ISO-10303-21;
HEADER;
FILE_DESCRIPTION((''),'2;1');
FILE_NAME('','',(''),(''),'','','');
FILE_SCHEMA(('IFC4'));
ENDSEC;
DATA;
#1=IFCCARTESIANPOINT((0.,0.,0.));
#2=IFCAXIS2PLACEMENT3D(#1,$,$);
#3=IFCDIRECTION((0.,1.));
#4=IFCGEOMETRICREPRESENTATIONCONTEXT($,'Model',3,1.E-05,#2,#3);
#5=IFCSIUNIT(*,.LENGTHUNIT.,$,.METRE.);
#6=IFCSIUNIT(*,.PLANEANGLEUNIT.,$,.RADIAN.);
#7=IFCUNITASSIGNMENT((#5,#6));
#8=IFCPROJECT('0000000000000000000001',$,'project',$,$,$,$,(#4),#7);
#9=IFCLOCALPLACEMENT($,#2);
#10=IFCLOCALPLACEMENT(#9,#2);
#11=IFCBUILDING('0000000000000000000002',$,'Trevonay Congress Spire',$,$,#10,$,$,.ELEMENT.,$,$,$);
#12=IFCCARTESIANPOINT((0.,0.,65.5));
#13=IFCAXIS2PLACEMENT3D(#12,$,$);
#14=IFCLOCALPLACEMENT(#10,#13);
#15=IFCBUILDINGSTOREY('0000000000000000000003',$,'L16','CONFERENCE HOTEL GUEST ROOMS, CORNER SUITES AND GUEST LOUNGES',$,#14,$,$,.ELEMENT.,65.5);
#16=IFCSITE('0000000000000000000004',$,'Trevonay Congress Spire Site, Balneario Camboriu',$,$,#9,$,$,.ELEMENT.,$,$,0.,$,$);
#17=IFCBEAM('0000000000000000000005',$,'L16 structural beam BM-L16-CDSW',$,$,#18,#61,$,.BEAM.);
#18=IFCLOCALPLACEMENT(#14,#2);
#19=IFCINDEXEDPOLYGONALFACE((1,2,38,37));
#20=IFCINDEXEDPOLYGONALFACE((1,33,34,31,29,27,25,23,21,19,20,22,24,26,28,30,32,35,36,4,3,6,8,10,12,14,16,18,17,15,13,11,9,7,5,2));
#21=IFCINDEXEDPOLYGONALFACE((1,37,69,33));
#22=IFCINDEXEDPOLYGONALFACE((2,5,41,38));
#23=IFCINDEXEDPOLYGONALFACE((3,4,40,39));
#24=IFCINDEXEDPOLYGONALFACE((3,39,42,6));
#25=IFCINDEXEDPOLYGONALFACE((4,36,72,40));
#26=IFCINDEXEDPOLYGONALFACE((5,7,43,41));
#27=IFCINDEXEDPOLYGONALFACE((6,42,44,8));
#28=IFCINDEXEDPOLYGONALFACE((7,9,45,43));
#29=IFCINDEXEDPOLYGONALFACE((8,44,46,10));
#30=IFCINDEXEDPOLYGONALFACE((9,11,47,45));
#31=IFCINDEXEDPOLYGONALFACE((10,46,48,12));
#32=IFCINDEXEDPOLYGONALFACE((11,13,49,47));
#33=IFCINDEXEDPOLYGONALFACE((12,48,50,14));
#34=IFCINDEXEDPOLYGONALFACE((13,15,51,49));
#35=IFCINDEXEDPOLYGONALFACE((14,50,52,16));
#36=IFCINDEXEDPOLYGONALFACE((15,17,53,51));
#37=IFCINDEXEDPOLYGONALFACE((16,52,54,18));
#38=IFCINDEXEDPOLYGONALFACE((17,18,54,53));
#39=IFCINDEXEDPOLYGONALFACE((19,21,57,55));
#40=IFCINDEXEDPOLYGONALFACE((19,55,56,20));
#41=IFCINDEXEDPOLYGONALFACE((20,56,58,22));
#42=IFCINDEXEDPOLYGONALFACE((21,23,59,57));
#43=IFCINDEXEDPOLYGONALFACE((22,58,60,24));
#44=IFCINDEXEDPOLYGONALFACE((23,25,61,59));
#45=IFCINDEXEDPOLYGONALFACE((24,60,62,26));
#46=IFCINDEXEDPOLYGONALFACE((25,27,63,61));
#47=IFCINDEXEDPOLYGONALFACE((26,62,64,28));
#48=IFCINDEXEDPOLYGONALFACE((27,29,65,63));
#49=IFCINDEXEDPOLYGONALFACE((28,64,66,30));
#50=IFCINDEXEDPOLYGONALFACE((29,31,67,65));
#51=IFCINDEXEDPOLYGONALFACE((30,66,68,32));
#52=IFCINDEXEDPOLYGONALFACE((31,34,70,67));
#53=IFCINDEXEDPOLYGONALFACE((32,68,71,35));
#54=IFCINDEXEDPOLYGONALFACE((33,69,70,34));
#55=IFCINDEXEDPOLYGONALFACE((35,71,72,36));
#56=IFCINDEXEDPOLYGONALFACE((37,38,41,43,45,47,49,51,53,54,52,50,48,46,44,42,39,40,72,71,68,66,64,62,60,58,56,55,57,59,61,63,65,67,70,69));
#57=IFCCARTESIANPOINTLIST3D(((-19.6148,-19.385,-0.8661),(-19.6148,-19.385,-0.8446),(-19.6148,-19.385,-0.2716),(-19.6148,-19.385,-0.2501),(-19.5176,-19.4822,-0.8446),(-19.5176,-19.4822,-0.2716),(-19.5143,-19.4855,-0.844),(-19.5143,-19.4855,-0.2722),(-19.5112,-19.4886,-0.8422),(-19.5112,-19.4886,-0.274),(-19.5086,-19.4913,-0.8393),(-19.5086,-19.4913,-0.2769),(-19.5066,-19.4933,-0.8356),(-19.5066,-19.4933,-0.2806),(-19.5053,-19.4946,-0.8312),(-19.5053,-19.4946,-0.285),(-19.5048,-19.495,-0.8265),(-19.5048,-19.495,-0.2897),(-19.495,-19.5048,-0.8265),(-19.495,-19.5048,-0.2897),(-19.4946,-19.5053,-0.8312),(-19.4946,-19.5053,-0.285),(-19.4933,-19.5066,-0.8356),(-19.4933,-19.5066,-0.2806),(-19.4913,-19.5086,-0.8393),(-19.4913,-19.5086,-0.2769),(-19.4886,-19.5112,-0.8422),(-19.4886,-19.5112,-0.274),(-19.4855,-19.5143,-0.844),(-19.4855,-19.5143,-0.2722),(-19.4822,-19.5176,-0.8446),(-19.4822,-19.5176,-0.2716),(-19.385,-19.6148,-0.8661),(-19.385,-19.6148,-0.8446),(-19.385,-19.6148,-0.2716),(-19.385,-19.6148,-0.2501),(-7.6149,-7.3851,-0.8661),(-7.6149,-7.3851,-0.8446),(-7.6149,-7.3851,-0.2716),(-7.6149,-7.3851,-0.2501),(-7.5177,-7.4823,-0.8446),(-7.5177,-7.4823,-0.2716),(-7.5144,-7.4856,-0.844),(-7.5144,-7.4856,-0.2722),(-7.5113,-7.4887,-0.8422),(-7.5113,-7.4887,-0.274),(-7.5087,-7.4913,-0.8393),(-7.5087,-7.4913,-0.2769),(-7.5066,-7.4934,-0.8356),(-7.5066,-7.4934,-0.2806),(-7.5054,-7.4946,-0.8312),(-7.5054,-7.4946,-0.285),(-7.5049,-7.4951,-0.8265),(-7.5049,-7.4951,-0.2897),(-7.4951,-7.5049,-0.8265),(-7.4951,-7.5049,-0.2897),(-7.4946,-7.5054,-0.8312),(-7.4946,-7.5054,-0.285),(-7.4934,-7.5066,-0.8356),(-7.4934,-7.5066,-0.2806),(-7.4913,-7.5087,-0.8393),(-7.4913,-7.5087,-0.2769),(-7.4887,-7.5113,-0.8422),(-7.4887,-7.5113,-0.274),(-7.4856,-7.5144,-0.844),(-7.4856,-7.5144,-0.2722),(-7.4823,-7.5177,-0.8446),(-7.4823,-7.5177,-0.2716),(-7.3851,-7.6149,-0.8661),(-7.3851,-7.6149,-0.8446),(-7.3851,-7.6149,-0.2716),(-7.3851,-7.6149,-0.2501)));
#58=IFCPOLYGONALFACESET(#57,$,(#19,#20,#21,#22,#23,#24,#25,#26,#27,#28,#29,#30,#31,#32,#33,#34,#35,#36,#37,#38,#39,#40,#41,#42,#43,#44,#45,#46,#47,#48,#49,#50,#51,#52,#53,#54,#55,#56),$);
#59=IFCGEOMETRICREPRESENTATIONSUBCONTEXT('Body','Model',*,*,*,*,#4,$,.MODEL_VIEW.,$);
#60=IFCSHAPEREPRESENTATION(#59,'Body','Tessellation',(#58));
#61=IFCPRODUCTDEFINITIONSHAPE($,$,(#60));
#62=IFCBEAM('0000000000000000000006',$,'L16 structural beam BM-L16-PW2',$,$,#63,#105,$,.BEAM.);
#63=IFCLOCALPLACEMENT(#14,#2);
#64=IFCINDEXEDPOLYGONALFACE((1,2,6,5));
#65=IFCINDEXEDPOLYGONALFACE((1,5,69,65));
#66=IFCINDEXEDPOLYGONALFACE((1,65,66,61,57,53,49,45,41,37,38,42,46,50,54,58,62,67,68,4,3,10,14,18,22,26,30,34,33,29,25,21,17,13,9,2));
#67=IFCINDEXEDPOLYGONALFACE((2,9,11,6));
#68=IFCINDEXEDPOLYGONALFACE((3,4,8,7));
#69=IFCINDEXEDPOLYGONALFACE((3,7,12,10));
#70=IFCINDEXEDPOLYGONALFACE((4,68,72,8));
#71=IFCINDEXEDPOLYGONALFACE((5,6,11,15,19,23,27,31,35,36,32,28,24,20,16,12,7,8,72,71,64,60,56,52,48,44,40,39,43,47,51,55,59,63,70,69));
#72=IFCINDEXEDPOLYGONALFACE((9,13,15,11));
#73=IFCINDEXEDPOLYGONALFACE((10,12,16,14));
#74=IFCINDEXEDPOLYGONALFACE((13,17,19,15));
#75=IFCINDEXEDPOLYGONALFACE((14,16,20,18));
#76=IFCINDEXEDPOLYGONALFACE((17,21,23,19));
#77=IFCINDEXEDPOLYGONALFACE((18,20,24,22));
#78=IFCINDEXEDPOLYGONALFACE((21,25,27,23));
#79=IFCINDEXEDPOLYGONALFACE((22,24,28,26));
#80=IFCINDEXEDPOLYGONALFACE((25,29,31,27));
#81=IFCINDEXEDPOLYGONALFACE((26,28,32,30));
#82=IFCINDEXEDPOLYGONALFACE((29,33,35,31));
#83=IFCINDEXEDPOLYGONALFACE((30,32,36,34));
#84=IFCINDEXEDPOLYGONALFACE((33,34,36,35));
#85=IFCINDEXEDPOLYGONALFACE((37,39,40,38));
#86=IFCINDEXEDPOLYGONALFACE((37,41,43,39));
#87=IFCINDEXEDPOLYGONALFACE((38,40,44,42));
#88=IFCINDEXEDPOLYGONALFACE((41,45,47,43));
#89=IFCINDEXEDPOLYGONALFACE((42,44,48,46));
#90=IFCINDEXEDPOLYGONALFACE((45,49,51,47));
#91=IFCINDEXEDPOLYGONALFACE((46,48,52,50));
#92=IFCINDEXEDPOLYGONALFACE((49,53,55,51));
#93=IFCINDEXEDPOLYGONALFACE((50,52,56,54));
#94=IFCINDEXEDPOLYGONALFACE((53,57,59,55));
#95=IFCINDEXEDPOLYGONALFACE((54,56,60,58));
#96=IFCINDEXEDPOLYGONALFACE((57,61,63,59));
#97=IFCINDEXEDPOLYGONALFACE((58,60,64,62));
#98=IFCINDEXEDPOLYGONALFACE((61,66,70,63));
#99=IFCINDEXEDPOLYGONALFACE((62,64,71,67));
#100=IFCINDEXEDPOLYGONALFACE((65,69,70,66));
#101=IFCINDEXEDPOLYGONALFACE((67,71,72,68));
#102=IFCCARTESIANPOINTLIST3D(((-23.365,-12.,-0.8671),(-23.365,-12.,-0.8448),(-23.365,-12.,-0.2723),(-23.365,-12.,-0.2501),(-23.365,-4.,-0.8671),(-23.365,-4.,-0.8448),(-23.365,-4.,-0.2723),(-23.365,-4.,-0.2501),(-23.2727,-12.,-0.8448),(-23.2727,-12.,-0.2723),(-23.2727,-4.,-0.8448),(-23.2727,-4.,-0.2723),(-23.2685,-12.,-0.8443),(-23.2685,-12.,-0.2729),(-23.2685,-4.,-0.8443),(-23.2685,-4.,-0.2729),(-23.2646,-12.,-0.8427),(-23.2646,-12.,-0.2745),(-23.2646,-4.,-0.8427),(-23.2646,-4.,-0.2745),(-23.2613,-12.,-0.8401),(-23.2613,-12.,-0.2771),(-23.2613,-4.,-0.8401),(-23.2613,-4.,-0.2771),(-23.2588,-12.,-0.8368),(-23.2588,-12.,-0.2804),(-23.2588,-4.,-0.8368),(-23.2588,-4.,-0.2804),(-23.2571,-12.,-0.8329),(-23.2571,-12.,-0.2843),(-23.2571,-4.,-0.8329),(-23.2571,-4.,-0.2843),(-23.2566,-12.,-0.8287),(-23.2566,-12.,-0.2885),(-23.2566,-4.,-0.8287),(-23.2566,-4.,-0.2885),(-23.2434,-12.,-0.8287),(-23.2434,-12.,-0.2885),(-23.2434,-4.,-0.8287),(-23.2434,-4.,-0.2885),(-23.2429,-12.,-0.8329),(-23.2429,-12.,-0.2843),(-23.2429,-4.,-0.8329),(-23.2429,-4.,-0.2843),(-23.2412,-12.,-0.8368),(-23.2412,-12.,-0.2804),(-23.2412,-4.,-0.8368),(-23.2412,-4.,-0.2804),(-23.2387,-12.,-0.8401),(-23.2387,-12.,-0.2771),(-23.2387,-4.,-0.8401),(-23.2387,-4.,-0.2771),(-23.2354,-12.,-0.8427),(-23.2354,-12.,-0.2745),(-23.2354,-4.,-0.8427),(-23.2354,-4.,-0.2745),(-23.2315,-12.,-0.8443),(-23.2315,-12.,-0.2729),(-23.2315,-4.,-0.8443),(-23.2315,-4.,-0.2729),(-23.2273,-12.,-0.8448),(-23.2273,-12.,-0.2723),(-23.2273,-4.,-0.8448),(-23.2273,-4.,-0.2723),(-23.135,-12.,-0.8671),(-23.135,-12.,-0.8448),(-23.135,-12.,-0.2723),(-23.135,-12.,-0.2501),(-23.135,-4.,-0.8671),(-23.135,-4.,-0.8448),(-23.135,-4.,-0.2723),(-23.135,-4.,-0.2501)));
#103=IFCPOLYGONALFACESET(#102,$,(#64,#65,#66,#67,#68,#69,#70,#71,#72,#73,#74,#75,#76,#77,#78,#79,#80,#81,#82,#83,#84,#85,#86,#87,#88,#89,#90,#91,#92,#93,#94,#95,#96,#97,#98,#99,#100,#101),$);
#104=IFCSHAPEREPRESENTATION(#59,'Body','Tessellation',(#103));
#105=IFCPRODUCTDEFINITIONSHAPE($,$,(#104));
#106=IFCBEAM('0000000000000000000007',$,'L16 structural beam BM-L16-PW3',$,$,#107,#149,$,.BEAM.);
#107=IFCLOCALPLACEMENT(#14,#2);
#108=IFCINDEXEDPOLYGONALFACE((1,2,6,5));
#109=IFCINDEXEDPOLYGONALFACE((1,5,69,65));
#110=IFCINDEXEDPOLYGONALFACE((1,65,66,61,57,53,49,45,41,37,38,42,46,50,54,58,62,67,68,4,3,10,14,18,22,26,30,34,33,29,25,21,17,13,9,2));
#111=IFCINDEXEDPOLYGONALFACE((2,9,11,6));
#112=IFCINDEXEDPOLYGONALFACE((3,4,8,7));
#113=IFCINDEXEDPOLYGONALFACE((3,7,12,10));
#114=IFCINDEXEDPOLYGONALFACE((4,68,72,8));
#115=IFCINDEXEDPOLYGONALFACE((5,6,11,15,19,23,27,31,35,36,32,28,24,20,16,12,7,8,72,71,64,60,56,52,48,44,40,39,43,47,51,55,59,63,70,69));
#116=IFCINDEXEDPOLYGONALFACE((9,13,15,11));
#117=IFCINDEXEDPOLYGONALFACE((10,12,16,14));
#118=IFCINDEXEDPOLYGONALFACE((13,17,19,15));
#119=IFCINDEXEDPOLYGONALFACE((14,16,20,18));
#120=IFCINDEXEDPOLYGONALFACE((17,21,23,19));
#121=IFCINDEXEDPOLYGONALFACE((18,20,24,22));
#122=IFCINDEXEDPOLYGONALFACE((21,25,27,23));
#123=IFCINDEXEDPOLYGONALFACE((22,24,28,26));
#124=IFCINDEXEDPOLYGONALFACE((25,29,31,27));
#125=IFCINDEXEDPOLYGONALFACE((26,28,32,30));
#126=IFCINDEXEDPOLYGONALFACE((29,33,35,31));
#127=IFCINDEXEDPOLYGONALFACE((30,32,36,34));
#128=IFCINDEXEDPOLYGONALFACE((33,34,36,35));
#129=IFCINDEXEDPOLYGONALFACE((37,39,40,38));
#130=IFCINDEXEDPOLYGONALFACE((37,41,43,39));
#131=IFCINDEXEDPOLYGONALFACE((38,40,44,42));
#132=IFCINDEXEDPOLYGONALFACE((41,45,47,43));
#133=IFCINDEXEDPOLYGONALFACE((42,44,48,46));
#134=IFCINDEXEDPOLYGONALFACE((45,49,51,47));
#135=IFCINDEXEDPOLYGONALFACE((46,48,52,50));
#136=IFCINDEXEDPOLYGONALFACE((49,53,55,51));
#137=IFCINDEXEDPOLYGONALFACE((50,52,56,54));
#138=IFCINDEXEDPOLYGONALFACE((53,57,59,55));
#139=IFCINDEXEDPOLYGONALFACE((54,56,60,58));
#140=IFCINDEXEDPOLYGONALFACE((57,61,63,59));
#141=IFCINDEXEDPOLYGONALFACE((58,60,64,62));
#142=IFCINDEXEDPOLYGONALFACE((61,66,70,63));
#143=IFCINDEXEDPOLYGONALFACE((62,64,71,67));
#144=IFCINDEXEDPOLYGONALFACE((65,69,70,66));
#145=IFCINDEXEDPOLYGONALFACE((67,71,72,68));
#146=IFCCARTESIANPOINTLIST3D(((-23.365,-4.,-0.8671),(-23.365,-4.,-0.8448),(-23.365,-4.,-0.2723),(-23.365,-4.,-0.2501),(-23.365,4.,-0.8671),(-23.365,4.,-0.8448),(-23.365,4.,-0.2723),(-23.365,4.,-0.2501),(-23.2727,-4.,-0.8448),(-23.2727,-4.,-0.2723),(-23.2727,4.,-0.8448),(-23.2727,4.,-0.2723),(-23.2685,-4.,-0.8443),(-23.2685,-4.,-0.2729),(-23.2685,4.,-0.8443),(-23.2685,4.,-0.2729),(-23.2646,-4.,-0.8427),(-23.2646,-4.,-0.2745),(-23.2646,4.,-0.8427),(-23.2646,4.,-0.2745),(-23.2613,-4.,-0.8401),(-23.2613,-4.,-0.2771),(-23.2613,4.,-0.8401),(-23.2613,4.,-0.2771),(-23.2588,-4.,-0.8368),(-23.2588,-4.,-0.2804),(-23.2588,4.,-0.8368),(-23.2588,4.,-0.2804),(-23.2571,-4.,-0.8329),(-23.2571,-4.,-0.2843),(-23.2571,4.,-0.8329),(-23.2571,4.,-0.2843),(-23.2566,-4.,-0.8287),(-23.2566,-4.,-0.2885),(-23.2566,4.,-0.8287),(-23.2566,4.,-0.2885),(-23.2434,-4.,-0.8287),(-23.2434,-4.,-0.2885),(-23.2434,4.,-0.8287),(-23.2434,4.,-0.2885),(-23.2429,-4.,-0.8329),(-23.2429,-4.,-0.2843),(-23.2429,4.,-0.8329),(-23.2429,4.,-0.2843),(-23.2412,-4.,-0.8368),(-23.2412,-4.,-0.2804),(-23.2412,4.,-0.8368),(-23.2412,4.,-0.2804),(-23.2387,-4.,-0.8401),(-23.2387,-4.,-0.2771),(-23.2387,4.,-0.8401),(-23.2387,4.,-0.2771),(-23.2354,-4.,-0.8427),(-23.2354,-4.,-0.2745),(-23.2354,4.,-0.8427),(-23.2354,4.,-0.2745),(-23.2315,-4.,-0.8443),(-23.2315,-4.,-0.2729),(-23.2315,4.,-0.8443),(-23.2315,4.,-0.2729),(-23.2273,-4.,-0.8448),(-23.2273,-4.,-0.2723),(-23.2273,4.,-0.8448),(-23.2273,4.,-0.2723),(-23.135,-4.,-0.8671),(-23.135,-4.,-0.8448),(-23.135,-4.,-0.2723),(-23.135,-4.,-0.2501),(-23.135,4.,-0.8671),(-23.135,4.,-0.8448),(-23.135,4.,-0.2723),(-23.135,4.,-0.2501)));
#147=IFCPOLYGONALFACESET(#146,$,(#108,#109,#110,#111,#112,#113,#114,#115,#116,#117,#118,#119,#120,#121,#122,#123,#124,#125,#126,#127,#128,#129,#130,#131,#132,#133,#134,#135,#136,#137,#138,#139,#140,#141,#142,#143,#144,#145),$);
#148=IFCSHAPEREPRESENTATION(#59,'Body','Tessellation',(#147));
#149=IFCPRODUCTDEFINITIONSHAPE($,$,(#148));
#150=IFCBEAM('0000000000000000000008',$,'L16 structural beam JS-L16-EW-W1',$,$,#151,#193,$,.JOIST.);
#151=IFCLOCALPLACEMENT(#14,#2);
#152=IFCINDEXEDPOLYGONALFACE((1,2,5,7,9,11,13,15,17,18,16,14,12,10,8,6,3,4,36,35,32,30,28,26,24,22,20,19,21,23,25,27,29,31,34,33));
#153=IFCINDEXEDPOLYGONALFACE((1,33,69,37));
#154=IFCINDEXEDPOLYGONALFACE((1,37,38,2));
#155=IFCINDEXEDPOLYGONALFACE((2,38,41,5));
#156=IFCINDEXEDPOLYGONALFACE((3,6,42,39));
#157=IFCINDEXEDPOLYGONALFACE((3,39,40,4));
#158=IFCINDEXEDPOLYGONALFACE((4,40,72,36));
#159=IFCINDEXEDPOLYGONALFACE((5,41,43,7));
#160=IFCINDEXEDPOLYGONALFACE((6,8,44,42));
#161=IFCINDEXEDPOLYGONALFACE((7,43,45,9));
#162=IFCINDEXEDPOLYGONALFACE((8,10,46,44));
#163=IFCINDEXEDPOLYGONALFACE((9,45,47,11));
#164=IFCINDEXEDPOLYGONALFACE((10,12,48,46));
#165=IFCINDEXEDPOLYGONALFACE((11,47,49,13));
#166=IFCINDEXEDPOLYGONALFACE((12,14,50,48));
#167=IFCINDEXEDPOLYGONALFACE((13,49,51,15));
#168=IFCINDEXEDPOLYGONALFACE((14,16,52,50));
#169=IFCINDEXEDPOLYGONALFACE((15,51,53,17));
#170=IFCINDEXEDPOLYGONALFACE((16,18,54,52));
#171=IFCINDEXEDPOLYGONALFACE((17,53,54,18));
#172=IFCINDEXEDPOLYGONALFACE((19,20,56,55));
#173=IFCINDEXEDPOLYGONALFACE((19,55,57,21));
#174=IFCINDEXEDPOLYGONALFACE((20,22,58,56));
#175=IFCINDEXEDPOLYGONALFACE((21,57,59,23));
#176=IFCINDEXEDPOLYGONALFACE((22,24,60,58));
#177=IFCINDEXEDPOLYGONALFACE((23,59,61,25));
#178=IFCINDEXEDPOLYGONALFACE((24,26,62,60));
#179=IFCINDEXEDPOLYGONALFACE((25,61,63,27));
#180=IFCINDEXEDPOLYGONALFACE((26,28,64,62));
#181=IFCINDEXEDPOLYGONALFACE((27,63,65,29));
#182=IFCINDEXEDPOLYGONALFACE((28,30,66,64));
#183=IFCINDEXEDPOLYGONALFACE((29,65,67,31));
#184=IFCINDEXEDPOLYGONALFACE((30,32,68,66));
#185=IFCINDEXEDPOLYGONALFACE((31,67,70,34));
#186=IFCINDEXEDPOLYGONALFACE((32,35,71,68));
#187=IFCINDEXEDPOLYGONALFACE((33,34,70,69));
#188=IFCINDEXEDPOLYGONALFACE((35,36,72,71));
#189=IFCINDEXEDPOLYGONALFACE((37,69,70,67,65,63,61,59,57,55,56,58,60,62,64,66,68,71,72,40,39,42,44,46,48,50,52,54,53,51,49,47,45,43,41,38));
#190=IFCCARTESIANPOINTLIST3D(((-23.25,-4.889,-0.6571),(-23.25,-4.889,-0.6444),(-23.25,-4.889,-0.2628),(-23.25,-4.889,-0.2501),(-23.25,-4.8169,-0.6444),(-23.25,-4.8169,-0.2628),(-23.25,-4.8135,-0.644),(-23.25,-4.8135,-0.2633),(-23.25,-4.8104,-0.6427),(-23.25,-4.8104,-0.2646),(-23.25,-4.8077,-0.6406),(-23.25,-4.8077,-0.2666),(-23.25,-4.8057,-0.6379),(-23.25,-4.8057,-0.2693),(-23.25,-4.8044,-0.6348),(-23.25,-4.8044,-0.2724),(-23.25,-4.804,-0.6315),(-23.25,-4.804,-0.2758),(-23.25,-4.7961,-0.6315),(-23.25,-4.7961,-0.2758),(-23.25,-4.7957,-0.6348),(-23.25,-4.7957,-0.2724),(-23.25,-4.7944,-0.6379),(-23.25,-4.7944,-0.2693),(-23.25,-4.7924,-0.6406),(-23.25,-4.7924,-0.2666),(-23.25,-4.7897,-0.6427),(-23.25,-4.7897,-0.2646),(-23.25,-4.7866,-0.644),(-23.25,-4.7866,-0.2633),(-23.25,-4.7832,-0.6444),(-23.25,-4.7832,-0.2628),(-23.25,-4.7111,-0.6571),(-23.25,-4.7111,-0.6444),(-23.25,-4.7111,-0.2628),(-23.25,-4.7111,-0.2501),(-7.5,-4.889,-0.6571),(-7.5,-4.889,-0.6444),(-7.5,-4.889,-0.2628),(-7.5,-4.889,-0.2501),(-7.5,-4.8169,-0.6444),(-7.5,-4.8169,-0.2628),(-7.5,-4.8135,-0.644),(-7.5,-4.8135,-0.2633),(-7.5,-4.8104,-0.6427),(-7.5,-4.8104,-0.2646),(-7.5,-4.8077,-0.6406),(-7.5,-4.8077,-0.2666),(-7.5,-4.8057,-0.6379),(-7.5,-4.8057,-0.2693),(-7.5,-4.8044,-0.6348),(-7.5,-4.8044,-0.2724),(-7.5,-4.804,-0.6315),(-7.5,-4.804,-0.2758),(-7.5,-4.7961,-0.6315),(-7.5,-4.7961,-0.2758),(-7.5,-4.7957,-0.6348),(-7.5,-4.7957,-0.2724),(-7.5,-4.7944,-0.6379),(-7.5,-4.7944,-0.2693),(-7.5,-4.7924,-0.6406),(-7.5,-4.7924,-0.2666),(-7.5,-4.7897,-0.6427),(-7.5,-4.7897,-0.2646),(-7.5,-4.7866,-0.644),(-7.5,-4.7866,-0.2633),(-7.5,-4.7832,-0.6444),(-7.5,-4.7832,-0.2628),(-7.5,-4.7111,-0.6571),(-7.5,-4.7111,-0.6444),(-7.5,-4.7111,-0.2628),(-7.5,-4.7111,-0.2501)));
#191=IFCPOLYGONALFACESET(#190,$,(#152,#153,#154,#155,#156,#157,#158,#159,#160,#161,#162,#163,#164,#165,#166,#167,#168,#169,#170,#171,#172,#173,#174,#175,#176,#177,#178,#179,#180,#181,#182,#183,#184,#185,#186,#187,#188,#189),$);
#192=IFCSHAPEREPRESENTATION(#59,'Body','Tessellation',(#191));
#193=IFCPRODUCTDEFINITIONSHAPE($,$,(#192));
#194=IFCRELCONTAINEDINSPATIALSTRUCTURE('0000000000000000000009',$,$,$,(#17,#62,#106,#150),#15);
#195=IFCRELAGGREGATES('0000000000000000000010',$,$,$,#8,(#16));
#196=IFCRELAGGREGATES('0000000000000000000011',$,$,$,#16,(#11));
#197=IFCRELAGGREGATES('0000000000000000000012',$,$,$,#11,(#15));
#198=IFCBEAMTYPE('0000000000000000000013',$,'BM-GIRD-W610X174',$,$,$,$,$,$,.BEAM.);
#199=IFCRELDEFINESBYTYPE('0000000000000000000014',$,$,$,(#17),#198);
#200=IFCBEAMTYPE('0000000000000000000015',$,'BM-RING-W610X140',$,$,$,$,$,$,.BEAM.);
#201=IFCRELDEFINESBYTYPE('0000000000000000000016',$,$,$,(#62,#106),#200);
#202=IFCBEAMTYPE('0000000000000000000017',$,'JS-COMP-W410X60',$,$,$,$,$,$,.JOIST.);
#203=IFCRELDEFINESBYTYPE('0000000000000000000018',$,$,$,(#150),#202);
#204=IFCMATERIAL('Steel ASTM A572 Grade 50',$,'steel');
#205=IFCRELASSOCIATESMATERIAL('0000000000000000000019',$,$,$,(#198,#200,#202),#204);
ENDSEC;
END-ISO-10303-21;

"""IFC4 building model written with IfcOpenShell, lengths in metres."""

from ifc_helpers import new_model, si_unit, direction, frame, origin, origin_2d, place, context, subcontext, project, spatial, i_section, extrude, material, material_profile, profile_set, type_object, element, save


model = new_model("IFC4")

# Units and contexts
model_context = context("Model", 3, precision=1e-05, world=origin(), true_north=direction((0.0, 1.0)))
body_context = subcontext(model_context, "Body", "Model", "MODEL_VIEW")
ifc_project = project(units=[si_unit("LENGTHUNIT", "METRE"), si_unit("PLANEANGLEUNIT", "RADIAN")], contexts=[model_context])

# Site, building, storey
site_placement = place(None, origin())
site = spatial("IfcSite", under=ifc_project, at=site_placement, Name="Trevonay Congress Spire Site, Balneario Camboriu", CompositionType="ELEMENT", RefElevation=0.0)
building_placement = place(site_placement, origin())
building = spatial("IfcBuilding", under=site, at=building_placement, Name="Trevonay Congress Spire", CompositionType="ELEMENT")
storey_placement = place(building_placement, frame((0.0, 0.0, 65.5)))
storey = spatial("IfcBuildingStorey", under=building, at=storey_placement, Name="L16", Description="CONFERENCE HOTEL GUEST ROOMS, CORNER SUITES AND GUEST LOUNGES", CompositionType="ELEMENT", Elevation=65.5)

# Shared definitions
ifc_material_1 = material(Name="Steel ASTM A572 Grade 50", Category="steel")

# Beams
ifc_material_profile_1 = material_profile(ifc_material_1, i_section(OverallWidth=0.325, OverallDepth=0.616, WebThickness=0.0139, FlangeThickness=0.0215, FilletRadius=0.0181, at=origin_2d()), Name="W610x174")
ifc_profile_set_1 = profile_set([ifc_material_profile_1], Name="Steel ASTM A572 Grade 50")
beam_type_1 = type_object("IfcBeamType", Name="BM-GIRD-W610X174", PredefinedType="BEAM", material=ifc_profile_set_1)
beam_1_placement = place(storey_placement, frame((-7.5, -7.5, -0.5581), z_axis=(-0.707107, -0.707107, 0.0), x_axis=(0.707107, -0.707107, 0.0)))
element("IfcBeam", 1, at=beam_1_placement, inside=storey, type_object=beam_type_1, Name="L16 structural beam BM-L16-CDSW", PredefinedType="BEAM", context=body_context, shape_type="SweptSolid", body=[
    extrude(i_section(OverallWidth=0.325, OverallDepth=0.616, WebThickness=0.0139, FlangeThickness=0.0215, FilletRadius=0.0181, at=origin_2d()), origin(), (0.0, 0.0, 1.0), 16.9705),
])
ifc_material_profile_2 = material_profile(ifc_material_1, i_section(OverallWidth=0.23, OverallDepth=0.6169, WebThickness=0.0132, FlangeThickness=0.0222, FilletRadius=0.0161, at=origin_2d()), Name="W610x140")
ifc_profile_set_2 = profile_set([ifc_material_profile_2], Name="Steel ASTM A572 Grade 50")
beam_type_2 = type_object("IfcBeamType", Name="BM-RING-W610X140", PredefinedType="BEAM", material=ifc_profile_set_2)
for number, where, z_axis, x_axis, name in (
    (2, (-23.25, -12.0, -0.5586), (0.0, 1.0, 0.0), (-1.0, 0.0, 0.0), "L16 structural beam BM-L16-PW2"),
    (3, (-23.25, -4.0, -0.5586), (0.0, 1.0, 0.0), (-1.0, 0.0, 0.0), "L16 structural beam BM-L16-PW3"),
):
    element("IfcBeam", number, at=place(storey_placement, frame(where, z_axis=z_axis, x_axis=x_axis)), inside=storey, type_object=beam_type_2, Name=name, PredefinedType="BEAM", context=body_context, shape_type="SweptSolid", body=[
        extrude(i_section(OverallWidth=0.23, OverallDepth=0.6169, WebThickness=0.0132, FlangeThickness=0.0222, FilletRadius=0.0161, at=origin_2d()), origin(), (0.0, 0.0, 1.0), 8.0),
    ])
ifc_material_profile_3 = material_profile(ifc_material_1, i_section(OverallWidth=0.178, OverallDepth=0.407, WebThickness=0.0078, FlangeThickness=0.0127, FilletRadius=0.0129, at=origin_2d()), Name="W410x60")
ifc_profile_set_3 = profile_set([ifc_material_profile_3], Name="Steel ASTM A572 Grade 50")
beam_type_3 = type_object("IfcBeamType", Name="JS-COMP-W410X60", PredefinedType="JOIST", material=ifc_profile_set_3)
for number, where, z_axis, x_axis, name in (
    (4, (-23.25, -4.8, -0.4536), (1.0, 0.0, 0.0), (0.0, 1.0, 0.0), "L16 structural beam JS-L16-EW-W1"),
):
    element("IfcBeam", number, at=place(storey_placement, frame(where, z_axis=z_axis, x_axis=x_axis)), inside=storey, type_object=beam_type_3, Name=name, PredefinedType="JOIST", context=body_context, shape_type="SweptSolid", body=[
        extrude(i_section(OverallWidth=0.178, OverallDepth=0.407, WebThickness=0.0078, FlangeThickness=0.0127, FilletRadius=0.0129, at=origin_2d()), origin(), (0.0, 0.0, 1.0), 15.75),
    ])

save(model, "model.ifc")
